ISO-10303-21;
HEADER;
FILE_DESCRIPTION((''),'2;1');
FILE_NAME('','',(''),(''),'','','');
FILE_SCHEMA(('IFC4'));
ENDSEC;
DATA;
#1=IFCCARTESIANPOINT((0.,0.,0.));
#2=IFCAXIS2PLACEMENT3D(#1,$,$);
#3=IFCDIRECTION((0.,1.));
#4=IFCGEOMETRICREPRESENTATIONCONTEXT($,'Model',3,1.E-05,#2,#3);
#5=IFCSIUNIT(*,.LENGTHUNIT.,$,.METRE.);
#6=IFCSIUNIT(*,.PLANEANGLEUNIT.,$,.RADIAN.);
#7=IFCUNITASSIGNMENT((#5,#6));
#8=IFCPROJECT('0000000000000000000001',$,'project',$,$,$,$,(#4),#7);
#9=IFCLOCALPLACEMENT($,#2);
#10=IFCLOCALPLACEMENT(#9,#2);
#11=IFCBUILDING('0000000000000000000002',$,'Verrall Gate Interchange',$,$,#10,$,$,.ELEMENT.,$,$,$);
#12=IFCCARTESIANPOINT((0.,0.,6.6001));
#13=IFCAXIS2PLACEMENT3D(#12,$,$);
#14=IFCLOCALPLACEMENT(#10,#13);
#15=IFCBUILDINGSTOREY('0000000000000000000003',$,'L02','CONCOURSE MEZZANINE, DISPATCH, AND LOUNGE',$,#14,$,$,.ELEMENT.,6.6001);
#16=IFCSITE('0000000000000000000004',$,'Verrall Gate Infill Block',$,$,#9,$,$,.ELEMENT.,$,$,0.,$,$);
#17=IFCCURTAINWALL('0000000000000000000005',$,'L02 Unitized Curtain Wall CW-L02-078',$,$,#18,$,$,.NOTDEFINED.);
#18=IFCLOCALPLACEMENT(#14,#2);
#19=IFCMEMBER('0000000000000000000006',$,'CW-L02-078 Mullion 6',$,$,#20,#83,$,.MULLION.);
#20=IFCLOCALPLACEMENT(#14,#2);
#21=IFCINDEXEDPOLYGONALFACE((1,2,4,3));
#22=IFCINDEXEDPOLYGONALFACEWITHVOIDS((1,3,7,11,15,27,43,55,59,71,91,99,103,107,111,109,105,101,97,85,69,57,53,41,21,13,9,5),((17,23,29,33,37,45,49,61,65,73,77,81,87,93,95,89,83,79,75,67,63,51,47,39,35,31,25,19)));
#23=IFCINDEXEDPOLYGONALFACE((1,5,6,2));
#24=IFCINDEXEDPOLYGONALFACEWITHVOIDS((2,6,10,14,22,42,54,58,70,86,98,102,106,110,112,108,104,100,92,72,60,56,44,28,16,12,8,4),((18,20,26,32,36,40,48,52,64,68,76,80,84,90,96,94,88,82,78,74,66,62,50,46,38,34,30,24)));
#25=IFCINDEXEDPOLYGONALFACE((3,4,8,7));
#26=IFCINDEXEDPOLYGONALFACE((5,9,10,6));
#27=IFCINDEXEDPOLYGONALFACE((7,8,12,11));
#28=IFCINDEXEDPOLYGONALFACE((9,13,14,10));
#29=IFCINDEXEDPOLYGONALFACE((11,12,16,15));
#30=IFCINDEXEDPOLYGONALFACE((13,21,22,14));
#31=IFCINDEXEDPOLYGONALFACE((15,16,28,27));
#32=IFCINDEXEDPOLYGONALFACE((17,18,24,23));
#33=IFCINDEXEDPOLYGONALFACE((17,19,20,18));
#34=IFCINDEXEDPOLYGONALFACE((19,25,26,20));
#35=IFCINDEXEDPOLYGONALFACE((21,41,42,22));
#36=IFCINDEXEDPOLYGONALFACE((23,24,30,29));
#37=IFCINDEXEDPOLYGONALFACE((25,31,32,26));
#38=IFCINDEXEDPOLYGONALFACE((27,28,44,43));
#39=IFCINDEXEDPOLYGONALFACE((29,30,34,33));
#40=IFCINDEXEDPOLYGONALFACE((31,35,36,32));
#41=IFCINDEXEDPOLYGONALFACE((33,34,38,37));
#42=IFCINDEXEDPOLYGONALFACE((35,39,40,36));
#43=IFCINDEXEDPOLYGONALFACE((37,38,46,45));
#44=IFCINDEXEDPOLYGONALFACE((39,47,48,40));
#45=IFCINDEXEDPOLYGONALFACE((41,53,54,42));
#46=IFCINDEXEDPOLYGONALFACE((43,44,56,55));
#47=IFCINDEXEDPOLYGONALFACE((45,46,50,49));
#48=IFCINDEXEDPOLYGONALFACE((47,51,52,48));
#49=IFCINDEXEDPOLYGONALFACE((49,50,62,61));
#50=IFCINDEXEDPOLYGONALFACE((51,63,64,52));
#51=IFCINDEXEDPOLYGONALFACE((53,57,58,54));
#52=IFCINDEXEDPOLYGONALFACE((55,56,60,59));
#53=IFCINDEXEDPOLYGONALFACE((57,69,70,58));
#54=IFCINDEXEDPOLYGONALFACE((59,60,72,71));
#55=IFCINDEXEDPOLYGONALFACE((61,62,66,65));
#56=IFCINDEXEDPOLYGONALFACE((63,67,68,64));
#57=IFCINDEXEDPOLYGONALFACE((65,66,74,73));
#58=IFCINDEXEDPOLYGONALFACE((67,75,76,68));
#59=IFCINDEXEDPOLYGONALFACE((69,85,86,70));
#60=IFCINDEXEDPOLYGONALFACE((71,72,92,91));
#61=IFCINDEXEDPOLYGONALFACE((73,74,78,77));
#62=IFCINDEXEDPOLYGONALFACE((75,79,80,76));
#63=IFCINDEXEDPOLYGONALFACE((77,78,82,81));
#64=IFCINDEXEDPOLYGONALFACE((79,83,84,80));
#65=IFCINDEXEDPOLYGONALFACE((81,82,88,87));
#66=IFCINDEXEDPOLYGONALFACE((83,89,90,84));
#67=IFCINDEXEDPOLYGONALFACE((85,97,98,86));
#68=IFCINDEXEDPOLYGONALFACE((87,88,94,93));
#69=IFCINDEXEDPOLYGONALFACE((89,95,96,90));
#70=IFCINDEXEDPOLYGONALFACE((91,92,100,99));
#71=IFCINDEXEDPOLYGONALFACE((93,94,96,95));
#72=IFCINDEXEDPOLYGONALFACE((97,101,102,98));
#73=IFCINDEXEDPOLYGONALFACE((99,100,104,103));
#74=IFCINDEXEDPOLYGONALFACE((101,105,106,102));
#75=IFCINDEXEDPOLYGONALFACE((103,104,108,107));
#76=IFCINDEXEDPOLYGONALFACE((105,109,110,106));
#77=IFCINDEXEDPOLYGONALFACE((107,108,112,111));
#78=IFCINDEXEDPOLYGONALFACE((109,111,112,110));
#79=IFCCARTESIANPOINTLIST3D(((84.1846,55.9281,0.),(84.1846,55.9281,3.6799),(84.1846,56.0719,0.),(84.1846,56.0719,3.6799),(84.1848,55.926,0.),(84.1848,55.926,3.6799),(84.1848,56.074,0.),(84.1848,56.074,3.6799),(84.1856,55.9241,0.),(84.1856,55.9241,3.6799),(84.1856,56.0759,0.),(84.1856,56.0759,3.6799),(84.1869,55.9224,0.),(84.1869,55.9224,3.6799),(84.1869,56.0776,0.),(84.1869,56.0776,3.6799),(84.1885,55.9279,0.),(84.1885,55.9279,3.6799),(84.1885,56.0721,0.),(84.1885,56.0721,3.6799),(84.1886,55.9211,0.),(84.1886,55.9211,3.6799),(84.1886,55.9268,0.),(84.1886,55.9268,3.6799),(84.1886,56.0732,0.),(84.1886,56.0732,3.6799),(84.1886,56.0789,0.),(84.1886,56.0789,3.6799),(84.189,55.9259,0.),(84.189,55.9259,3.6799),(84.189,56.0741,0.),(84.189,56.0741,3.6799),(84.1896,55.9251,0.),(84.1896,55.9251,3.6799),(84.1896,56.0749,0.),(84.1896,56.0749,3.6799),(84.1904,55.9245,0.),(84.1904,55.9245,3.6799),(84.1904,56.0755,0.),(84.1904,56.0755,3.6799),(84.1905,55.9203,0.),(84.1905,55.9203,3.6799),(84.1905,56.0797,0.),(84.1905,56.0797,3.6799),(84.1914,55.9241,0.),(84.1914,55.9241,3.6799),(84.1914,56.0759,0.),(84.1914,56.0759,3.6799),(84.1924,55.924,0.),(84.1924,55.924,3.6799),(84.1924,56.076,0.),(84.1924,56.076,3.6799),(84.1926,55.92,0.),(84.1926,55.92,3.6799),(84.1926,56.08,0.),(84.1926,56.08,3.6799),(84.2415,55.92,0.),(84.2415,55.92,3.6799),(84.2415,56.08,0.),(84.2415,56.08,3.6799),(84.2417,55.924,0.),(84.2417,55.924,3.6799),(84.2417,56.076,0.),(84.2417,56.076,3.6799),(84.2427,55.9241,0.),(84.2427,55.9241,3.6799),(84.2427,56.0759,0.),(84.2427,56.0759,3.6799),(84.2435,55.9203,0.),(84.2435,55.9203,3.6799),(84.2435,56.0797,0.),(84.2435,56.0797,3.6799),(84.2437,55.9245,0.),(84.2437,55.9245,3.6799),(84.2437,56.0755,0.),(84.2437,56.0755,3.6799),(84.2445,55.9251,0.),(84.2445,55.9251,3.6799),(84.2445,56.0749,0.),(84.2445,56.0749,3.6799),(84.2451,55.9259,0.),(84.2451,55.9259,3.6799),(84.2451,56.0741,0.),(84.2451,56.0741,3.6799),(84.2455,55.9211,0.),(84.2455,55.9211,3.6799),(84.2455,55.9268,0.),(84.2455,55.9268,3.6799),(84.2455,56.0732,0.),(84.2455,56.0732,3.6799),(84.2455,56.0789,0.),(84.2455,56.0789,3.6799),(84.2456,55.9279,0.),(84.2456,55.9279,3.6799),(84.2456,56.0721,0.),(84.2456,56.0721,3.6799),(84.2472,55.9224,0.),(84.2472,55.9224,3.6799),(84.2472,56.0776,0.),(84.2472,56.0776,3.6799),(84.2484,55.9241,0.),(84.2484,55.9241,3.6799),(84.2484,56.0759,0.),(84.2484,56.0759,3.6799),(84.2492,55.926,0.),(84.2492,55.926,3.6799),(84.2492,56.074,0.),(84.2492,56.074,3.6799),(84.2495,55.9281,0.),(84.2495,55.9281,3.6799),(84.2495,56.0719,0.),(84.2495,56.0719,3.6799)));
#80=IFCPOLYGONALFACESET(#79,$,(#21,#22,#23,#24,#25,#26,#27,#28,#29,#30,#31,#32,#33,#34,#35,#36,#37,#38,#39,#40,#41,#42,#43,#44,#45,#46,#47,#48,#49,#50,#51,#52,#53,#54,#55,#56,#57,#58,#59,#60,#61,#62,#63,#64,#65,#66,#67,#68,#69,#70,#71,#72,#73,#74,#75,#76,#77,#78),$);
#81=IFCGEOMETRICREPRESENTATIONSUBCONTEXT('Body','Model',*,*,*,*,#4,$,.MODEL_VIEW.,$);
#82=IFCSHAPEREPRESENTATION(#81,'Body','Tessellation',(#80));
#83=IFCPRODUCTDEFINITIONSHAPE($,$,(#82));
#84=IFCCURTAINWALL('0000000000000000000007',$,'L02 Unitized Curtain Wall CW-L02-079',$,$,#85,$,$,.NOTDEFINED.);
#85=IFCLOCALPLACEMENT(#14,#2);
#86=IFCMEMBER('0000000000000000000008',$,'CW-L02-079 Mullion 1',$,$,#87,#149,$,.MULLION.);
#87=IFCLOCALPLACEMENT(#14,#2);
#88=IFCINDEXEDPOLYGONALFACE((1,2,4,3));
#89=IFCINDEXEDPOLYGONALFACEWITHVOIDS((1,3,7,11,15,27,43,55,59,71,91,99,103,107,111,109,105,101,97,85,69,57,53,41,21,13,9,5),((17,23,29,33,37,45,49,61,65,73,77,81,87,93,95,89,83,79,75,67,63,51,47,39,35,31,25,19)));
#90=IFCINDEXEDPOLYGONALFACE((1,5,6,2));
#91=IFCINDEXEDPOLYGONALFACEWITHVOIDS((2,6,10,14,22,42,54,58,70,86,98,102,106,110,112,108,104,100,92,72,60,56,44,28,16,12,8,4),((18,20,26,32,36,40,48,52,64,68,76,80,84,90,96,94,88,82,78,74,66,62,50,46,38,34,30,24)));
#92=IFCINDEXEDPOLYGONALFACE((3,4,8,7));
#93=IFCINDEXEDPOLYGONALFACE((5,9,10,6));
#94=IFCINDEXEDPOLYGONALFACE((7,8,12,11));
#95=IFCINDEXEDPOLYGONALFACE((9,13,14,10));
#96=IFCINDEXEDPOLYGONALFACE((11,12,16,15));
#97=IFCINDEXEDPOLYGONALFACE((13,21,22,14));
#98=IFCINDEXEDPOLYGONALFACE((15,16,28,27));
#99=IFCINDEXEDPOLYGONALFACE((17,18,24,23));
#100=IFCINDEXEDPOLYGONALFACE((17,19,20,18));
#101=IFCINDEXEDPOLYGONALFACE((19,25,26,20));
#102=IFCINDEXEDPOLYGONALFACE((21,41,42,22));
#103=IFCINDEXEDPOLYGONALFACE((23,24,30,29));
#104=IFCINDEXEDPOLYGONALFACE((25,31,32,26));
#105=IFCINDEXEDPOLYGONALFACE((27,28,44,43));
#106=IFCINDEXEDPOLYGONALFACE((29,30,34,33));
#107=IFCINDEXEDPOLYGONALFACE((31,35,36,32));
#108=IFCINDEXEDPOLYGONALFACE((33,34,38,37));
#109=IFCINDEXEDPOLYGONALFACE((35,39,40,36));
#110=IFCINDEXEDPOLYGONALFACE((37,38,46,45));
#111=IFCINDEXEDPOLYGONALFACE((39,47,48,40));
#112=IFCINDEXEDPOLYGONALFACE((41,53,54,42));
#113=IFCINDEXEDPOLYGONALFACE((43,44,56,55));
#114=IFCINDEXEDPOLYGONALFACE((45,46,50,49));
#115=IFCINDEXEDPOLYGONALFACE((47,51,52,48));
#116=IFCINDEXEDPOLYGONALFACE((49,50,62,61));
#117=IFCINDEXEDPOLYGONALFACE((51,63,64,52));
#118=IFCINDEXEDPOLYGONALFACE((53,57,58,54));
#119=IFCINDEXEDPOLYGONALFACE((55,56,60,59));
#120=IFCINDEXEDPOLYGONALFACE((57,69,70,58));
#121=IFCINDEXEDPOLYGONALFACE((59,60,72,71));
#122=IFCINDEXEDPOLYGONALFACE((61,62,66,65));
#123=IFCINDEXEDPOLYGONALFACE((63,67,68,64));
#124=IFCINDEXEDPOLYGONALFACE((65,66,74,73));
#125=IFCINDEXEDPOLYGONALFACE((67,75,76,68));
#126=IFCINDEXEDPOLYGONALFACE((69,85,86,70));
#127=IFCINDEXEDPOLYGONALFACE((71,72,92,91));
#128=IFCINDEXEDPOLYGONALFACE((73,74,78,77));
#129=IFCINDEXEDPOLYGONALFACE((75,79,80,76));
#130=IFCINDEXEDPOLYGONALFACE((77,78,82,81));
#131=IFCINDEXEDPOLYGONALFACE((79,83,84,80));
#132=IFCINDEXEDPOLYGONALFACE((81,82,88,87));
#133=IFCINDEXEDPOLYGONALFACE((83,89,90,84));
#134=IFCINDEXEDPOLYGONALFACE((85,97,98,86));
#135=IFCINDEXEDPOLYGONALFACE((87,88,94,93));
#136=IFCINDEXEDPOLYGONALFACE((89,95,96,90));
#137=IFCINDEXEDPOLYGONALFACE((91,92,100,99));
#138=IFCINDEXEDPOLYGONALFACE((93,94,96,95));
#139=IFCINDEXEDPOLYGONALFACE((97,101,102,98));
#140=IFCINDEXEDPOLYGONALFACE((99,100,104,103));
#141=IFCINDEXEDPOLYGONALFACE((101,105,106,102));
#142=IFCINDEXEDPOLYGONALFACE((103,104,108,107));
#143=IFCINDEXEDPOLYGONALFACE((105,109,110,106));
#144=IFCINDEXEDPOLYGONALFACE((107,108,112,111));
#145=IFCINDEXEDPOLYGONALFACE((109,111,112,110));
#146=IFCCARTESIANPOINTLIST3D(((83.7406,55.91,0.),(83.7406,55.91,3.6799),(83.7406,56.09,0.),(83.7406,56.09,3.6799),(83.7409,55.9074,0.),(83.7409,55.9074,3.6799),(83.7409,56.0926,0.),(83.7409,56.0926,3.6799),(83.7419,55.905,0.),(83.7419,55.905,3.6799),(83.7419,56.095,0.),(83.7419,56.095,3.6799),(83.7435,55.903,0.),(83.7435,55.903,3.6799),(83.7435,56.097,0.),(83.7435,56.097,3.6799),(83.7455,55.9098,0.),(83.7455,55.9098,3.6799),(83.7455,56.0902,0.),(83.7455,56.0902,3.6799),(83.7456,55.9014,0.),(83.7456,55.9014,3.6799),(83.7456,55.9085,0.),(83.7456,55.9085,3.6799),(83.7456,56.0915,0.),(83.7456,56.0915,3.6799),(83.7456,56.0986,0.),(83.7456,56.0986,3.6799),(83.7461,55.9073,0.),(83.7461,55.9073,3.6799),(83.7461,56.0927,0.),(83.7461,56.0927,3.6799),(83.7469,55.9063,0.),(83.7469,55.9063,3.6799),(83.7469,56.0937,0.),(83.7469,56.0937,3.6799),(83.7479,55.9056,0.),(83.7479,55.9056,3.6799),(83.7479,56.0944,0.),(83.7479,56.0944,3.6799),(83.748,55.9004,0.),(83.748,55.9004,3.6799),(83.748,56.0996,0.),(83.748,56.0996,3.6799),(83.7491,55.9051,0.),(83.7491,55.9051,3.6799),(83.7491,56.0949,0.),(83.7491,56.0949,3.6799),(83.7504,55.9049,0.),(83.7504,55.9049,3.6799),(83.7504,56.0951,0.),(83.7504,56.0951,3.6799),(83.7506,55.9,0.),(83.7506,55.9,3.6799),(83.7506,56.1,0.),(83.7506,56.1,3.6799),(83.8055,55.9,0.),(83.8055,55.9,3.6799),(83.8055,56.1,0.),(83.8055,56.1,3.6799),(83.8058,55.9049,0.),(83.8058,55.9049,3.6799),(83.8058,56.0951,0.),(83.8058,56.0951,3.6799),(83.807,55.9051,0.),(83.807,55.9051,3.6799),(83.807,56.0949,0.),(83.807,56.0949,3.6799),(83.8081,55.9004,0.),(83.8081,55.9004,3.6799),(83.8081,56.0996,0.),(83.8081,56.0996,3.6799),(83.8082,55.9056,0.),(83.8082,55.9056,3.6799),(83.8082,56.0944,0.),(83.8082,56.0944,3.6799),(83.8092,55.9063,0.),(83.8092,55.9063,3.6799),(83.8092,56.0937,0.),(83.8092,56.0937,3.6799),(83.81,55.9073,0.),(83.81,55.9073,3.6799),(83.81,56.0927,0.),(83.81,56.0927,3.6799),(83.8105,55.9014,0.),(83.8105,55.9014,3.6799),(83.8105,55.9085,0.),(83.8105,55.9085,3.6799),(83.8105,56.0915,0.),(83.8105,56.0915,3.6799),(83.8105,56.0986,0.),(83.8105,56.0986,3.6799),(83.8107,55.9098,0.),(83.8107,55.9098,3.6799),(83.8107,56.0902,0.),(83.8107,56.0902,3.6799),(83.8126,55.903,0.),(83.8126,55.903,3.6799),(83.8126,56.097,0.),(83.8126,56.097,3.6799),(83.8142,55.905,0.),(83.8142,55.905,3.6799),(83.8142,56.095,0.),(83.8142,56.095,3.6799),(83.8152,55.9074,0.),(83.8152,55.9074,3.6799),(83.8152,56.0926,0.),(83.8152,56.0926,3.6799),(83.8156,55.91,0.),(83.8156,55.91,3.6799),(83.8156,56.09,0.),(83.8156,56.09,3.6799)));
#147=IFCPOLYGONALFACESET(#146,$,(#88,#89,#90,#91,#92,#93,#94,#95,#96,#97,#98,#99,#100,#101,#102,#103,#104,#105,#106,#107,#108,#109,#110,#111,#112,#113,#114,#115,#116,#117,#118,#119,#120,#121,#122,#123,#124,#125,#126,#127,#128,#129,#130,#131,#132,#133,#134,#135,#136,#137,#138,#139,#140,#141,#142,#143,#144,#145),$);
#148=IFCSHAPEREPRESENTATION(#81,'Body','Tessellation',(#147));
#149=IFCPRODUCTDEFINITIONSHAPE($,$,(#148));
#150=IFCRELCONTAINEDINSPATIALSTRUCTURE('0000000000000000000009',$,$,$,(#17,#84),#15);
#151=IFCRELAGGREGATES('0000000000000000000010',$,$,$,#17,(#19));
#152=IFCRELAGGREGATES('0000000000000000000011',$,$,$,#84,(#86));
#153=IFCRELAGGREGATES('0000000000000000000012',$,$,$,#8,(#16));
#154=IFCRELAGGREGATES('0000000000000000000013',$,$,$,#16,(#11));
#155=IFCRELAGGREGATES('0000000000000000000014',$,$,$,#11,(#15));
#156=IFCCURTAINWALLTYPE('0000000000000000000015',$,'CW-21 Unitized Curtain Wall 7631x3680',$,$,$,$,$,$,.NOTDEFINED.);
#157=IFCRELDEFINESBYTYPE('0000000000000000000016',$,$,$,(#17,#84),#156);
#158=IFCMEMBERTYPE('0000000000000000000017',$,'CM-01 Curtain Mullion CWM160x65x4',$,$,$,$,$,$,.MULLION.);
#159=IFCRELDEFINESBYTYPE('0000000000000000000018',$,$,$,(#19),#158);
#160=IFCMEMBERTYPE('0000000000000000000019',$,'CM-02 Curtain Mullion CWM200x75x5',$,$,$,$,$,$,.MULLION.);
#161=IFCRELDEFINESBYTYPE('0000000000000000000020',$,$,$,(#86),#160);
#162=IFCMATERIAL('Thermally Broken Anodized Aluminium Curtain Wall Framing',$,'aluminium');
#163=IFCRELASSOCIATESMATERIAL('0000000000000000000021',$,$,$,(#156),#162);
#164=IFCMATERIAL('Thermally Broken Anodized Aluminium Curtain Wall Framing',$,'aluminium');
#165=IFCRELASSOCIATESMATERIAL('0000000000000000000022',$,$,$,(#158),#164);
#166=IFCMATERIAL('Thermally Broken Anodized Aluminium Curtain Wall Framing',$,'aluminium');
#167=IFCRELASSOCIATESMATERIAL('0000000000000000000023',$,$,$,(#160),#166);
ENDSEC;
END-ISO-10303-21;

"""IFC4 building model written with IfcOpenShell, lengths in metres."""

from ifc_helpers import new_model, si_unit, direction, frame, origin, origin_2d, place, context, subcontext, project, spatial, hollow_rectangle, extrude, material, material_profile, profile_set, type_object, element, aggregate, save


model = new_model("IFC4")

# Units and contexts
model_context = context("Model", 3, precision=1e-05, world=origin(), true_north=direction((0.0, 1.0)))
body_context = subcontext(model_context, "Body", "Model", "MODEL_VIEW")
ifc_project = project(units=[si_unit("LENGTHUNIT", "METRE"), si_unit("PLANEANGLEUNIT", "RADIAN")], contexts=[model_context])

# Site, building, storey
site_placement = place(None, origin())
site = spatial("IfcSite", under=ifc_project, at=site_placement, Name="Verrall Gate Infill Block", CompositionType="ELEMENT", RefElevation=0.0)
building_placement = place(site_placement, origin())
building = spatial("IfcBuilding", under=site, at=building_placement, Name="Verrall Gate Interchange", CompositionType="ELEMENT")
storey_placement = place(building_placement, frame((0.0, 0.0, 6.6001)))
storey = spatial("IfcBuildingStorey", under=building, at=storey_placement, Name="L02", Description="CONCOURSE MEZZANINE, DISPATCH, AND LOUNGE", CompositionType="ELEMENT", Elevation=6.6001)

# Curtain walls, members
ifc_material_1 = material(Name="Thermally Broken Anodized Aluminium Curtain Wall Framing", Category="aluminium")
curtain_wall_type = type_object("IfcCurtainWallType", Name="CW-21 Unitized Curtain Wall 7631x3680", PredefinedType="NOTDEFINED", material=ifc_material_1)
curtain_wall_1_placement = place(storey_placement, origin())
curtain_wall_1 = element("IfcCurtainWall", 1, at=curtain_wall_1_placement, inside=storey, type_object=curtain_wall_type, Name="L02 Unitized Curtain Wall CW-L02-078", PredefinedType="NOTDEFINED")
ifc_material_2 = material(Name="Thermally Broken Anodized Aluminium Curtain Wall Framing", Category="aluminium")
ifc_material_profile_1 = material_profile(ifc_material_2, hollow_rectangle(XDim=0.0649, YDim=0.1599, WallThickness=0.0039, InnerFilletRadius=0.0039, OuterFilletRadius=0.0081, at=origin_2d()), Name="CWM160x65x4")
ifc_profile_set_1 = profile_set([ifc_material_profile_1], Name="Thermally Broken Anodized Aluminium Curtain Wall Framing")
member_type_1 = type_object("IfcMemberType", Name="CM-01 Curtain Mullion CWM160x65x4", PredefinedType="MULLION", material=ifc_profile_set_1)
member_1_placement = place(storey_placement, frame((84.217, 56.0, 0.0), z_axis=(0.0, 0.0, 1.0), x_axis=(-1.0, 0.0, 0.0)))
member_1 = element("IfcMember", 2, at=member_1_placement, type_object=member_type_1, Name="CW-L02-078 Mullion 6", PredefinedType="MULLION", context=body_context, shape_type="SweptSolid", body=[
    extrude(hollow_rectangle(XDim=0.0649, YDim=0.1599, WallThickness=0.0039, InnerFilletRadius=0.0039, OuterFilletRadius=0.0081, at=origin_2d()), origin(), (0.0, 0.0, 1.0), 3.6799),
])
curtain_wall_2_placement = place(storey_placement, origin())
curtain_wall_2 = element("IfcCurtainWall", 3, at=curtain_wall_2_placement, inside=storey, type_object=curtain_wall_type, Name="L02 Unitized Curtain Wall CW-L02-079", PredefinedType="NOTDEFINED")
ifc_material_3 = material(Name="Thermally Broken Anodized Aluminium Curtain Wall Framing", Category="aluminium")
ifc_material_profile_2 = material_profile(ifc_material_3, hollow_rectangle(XDim=0.075, YDim=0.2, WallThickness=0.0049, InnerFilletRadius=0.0049, OuterFilletRadius=0.01, at=origin_2d()), Name="CWM200x75x5")
ifc_profile_set_2 = profile_set([ifc_material_profile_2], Name="Thermally Broken Anodized Aluminium Curtain Wall Framing")
member_type_2 = type_object("IfcMemberType", Name="CM-02 Curtain Mullion CWM200x75x5", PredefinedType="MULLION", material=ifc_profile_set_2)
member_2_placement = place(storey_placement, frame((83.7781, 56.0, 0.0), z_axis=(0.0, 0.0, 1.0), x_axis=(-1.0, 0.0, 0.0)))
member_2 = element("IfcMember", 4, at=member_2_placement, type_object=member_type_2, Name="CW-L02-079 Mullion 1", PredefinedType="MULLION", context=body_context, shape_type="SweptSolid", body=[
    extrude(hollow_rectangle(XDim=0.075, YDim=0.2, WallThickness=0.0049, InnerFilletRadius=0.0049, OuterFilletRadius=0.01, at=origin_2d()), origin(), (0.0, 0.0, 1.0), 3.6799),
])

aggregate(curtain_wall_1, [member_1])
aggregate(curtain_wall_2, [member_2])

save(model, "model.ifc")
